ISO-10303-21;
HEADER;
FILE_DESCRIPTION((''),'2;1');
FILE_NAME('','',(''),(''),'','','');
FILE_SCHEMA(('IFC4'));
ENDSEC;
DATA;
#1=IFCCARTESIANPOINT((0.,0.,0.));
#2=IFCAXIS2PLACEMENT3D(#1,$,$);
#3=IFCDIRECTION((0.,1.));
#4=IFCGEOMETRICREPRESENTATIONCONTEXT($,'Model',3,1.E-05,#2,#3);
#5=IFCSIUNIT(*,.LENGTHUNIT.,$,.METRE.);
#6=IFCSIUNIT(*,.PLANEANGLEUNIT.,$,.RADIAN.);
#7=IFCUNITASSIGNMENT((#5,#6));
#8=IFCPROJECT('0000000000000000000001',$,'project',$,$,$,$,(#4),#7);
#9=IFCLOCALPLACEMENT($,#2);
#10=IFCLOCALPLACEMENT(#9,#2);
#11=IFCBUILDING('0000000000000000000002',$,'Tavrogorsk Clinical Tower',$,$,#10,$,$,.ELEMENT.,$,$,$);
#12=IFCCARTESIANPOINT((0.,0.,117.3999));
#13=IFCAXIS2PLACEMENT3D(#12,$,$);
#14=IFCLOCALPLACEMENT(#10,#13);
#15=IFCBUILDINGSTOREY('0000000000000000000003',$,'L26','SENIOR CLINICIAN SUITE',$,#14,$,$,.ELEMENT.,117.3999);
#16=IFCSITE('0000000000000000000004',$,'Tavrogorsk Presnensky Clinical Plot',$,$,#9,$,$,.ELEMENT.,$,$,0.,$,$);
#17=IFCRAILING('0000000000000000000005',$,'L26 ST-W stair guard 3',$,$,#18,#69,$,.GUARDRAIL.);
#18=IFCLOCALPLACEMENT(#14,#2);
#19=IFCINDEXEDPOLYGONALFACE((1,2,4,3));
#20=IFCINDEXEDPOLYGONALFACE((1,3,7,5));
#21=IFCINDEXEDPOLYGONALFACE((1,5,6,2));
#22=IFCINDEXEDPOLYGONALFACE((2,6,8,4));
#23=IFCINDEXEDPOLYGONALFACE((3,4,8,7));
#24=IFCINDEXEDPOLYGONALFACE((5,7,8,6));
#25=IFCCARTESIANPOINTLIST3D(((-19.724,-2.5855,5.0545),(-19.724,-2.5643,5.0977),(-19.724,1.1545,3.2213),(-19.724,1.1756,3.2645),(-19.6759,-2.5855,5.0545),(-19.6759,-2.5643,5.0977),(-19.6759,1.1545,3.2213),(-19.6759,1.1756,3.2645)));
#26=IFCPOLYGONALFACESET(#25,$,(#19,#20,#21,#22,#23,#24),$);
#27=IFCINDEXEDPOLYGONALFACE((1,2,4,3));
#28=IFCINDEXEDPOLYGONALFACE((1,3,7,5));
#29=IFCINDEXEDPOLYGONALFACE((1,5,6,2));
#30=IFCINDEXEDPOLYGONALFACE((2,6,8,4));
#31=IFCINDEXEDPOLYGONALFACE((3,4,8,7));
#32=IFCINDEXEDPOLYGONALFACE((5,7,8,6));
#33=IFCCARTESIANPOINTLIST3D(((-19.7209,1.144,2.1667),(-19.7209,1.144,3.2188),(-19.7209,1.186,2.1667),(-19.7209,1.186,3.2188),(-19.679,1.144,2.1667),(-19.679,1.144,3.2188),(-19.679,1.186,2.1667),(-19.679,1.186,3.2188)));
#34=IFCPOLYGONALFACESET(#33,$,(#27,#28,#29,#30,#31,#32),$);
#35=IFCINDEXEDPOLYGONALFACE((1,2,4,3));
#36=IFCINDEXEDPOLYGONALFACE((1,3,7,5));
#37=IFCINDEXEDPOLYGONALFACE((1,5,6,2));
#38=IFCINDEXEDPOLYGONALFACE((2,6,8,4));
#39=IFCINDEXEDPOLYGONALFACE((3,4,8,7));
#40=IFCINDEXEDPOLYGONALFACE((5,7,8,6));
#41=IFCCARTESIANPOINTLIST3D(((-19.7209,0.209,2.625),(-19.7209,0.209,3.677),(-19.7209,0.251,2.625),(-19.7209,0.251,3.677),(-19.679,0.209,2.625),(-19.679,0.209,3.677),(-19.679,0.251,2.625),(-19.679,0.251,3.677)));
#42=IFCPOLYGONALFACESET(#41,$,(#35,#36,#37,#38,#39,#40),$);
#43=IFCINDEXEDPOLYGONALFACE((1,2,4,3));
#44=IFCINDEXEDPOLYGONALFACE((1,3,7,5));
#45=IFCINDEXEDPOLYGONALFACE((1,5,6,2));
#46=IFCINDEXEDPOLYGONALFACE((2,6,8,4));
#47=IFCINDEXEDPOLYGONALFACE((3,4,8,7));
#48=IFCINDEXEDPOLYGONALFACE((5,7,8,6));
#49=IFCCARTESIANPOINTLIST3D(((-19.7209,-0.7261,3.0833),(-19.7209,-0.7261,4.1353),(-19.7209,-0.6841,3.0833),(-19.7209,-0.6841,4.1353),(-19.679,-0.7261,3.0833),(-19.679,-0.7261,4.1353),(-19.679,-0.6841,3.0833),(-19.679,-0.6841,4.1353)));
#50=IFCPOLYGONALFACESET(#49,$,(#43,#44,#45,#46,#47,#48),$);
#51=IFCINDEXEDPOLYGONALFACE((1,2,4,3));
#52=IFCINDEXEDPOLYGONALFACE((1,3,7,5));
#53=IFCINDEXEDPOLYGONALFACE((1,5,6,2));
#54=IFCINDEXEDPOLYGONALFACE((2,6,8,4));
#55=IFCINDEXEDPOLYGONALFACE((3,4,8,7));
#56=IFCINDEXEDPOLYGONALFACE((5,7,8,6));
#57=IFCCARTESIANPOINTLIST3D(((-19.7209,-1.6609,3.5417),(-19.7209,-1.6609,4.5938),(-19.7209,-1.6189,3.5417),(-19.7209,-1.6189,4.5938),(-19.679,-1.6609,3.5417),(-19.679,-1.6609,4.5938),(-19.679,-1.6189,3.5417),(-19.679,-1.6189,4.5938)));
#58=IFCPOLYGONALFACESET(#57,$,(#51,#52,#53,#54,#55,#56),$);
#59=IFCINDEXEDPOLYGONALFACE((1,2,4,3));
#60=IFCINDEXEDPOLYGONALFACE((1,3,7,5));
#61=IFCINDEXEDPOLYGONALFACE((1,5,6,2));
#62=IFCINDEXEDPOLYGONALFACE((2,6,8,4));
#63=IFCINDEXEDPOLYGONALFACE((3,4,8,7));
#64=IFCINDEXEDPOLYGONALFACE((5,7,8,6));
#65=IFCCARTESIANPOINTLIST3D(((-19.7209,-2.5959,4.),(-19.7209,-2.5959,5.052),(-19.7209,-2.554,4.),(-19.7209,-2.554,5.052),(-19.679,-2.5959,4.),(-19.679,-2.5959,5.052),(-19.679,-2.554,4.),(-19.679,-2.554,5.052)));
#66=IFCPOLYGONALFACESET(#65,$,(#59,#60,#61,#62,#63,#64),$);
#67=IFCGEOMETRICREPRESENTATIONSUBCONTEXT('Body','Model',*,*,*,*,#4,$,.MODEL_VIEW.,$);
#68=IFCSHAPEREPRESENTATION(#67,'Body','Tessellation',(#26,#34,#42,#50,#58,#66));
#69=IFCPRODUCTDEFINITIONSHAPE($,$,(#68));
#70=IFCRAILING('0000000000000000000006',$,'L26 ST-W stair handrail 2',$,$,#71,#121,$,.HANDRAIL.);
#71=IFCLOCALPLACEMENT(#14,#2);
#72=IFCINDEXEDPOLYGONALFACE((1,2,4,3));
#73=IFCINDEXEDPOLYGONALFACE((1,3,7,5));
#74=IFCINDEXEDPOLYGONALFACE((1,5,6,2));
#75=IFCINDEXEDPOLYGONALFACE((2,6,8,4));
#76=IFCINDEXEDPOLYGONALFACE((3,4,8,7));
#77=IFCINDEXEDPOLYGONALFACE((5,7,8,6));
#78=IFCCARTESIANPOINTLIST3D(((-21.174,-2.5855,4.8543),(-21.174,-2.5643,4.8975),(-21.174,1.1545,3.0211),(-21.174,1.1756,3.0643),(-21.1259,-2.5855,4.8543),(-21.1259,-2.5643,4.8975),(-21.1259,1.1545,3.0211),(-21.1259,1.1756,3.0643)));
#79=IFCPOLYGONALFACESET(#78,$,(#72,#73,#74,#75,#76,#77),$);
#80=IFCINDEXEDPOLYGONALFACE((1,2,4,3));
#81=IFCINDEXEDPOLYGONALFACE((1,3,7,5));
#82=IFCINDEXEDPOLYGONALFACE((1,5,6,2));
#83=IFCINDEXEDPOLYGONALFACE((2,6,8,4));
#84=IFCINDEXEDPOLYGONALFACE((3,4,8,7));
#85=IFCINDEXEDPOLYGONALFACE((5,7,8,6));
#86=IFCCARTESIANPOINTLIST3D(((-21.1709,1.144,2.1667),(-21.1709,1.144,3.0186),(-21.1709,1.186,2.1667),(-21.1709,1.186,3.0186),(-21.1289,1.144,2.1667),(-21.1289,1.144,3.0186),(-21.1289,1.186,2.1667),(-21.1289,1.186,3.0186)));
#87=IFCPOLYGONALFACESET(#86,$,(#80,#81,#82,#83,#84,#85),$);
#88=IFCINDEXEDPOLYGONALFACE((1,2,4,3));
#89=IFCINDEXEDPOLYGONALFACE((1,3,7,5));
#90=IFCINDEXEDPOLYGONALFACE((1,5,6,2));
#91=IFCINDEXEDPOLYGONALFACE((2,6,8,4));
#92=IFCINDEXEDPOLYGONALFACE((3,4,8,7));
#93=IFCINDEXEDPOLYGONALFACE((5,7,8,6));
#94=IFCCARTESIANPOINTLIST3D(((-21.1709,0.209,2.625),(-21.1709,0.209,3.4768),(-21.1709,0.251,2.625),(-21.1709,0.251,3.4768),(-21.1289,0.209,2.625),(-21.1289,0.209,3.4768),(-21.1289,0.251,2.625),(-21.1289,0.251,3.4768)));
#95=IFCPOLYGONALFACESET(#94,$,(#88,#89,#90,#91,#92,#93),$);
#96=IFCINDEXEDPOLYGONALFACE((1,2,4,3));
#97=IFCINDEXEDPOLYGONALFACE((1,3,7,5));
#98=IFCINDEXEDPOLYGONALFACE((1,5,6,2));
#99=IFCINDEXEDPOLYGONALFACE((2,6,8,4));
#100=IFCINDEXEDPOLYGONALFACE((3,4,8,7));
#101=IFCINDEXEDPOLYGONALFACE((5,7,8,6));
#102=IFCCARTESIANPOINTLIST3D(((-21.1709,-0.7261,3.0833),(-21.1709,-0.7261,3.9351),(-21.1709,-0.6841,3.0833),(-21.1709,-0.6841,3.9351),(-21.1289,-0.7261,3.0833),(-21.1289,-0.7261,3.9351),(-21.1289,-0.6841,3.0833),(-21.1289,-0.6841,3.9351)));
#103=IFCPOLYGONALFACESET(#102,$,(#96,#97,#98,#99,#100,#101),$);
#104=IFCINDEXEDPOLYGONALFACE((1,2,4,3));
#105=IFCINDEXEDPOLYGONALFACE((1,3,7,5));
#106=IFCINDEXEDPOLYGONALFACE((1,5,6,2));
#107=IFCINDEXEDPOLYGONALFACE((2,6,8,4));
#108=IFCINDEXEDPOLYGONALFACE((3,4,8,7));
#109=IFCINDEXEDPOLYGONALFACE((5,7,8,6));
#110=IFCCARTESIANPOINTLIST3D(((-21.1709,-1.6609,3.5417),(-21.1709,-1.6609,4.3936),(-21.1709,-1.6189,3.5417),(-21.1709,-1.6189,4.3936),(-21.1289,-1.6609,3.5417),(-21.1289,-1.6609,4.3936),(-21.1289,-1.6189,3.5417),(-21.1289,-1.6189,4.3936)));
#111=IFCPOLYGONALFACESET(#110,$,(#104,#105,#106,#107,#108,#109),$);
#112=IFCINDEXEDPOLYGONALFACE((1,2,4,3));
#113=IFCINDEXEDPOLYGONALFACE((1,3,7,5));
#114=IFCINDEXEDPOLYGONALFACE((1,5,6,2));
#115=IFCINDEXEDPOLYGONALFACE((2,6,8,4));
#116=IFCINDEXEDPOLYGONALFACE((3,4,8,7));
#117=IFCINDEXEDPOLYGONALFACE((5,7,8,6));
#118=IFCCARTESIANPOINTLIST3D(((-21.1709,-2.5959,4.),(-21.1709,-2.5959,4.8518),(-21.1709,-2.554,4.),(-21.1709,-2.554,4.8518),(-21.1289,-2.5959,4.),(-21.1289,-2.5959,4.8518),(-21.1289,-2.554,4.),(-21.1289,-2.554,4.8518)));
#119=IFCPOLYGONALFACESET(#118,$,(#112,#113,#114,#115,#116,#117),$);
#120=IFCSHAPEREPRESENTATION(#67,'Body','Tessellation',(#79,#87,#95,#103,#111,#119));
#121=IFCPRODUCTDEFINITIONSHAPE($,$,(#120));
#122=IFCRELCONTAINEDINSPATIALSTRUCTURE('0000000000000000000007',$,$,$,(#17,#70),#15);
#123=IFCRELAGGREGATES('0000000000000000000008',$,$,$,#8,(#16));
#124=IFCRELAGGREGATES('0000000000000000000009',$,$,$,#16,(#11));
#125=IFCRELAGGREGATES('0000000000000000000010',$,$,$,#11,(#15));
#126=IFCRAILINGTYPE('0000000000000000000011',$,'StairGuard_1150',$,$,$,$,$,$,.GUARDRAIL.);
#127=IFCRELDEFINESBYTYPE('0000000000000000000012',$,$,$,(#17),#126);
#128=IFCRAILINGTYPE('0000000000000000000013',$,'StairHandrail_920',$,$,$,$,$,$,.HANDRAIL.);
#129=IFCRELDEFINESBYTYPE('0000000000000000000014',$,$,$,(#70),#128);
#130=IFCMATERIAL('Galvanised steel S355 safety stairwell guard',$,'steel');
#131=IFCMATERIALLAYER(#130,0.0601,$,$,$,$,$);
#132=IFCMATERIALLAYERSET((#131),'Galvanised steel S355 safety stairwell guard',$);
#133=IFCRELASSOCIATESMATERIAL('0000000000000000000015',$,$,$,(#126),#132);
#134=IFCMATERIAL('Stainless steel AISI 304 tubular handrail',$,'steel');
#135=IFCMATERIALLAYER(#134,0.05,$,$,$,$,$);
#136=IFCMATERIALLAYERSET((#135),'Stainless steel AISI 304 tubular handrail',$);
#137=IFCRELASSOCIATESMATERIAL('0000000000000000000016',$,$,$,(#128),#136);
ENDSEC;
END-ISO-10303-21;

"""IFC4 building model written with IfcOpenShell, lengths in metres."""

from ifc_helpers import new_model, si_unit, direction, frame, origin, origin_2d, place, context, subcontext, project, spatial, rectangle, extrude, material, layer, layer_set, type_object, element, save


model = new_model("IFC4")

# Units and contexts
model_context = context("Model", 3, precision=1e-05, world=origin(), true_north=direction((0.0, 1.0)))
body_context = subcontext(model_context, "Body", "Model", "MODEL_VIEW")
ifc_project = project(units=[si_unit("LENGTHUNIT", "METRE"), si_unit("PLANEANGLEUNIT", "RADIAN")], contexts=[model_context])

# Site, building, storey
site_placement = place(None, origin())
site = spatial("IfcSite", under=ifc_project, at=site_placement, Name="Tavrogorsk Presnensky Clinical Plot", CompositionType="ELEMENT", RefElevation=0.0)
building_placement = place(site_placement, origin())
building = spatial("IfcBuilding", under=site, at=building_placement, Name="Tavrogorsk Clinical Tower", CompositionType="ELEMENT")
storey_placement = place(building_placement, frame((0.0, 0.0, 117.3999)))
storey = spatial("IfcBuildingStorey", under=building, at=storey_placement, Name="L26", Description="SENIOR CLINICIAN SUITE", CompositionType="ELEMENT", Elevation=117.3999)

# Railings
ifc_material_1 = material(Name="Galvanised steel S355 safety stairwell guard", Category="steel")
ifc_layer_1 = layer(ifc_material_1, 0.0601)
ifc_layer_set_1 = layer_set([ifc_layer_1], Name="Galvanised steel S355 safety stairwell guard")
railing_type_1 = type_object("IfcRailingType", Name="StairGuard_1150", PredefinedType="GUARDRAIL", material=ifc_layer_set_1)
railing_1_placement = place(storey_placement, frame((-19.7, 1.165, 2.1667)))
element("IfcRailing", 1, at=railing_1_placement, inside=storey, type_object=railing_type_1, Name="L26 ST-W stair guard 3", PredefinedType="GUARDRAIL", context=body_context, shape_type="SweptSolid", body=[
    extrude(rectangle(XDim=0.0481, YDim=0.0481, at=origin_2d()), frame((0.0, 0.0, 1.0762), z_axis=(0.0, -0.897928, 0.440142), x_axis=(1.0, 0.0, 0.0)), (0.0, 0.0, 1.0), 4.165),
    extrude(rectangle(XDim=0.042, YDim=0.042, at=origin_2d()), origin(), (0.0, 0.0, 1.0), 1.052),
    extrude(rectangle(XDim=0.042, YDim=0.042, at=origin_2d()), frame((0.0, -0.9351, 0.4583)), (0.0, 0.0, 1.0), 1.052),
    extrude(rectangle(XDim=0.042, YDim=0.042, at=origin_2d()), frame((0.0, -1.8701, 0.9165)), (0.0, 0.0, 1.0), 1.052),
    extrude(rectangle(XDim=0.042, YDim=0.042, at=origin_2d()), frame((0.0, -2.8049, 1.375)), (0.0, 0.0, 1.0), 1.052),
    extrude(rectangle(XDim=0.042, YDim=0.042, at=origin_2d()), frame((0.0, -3.74, 1.8333)), (0.0, 0.0, 1.0), 1.052),
])
ifc_material_2 = material(Name="Stainless steel AISI 304 tubular handrail", Category="steel")
ifc_layer_2 = layer(ifc_material_2, 0.05)
ifc_layer_set_2 = layer_set([ifc_layer_2], Name="Stainless steel AISI 304 tubular handrail")
railing_type_2 = type_object("IfcRailingType", Name="StairHandrail_920", PredefinedType="HANDRAIL", material=ifc_layer_set_2)
railing_2_placement = place(storey_placement, frame((-21.1499, 1.165, 2.1667)))
element("IfcRailing", 2, at=railing_2_placement, inside=storey, type_object=railing_type_2, Name="L26 ST-W stair handrail 2", PredefinedType="HANDRAIL", context=body_context, shape_type="SweptSolid", body=[
    extrude(rectangle(XDim=0.0481, YDim=0.0481, at=origin_2d()), frame((0.0, 0.0, 0.876), z_axis=(0.0, -0.897928, 0.440142), x_axis=(1.0, 0.0, 0.0)), (0.0, 0.0, 1.0), 4.165),
    extrude(rectangle(XDim=0.042, YDim=0.042, at=origin_2d()), origin(), (0.0, 0.0, 1.0), 0.8518),
    extrude(rectangle(XDim=0.042, YDim=0.042, at=origin_2d()), frame((0.0, -0.9351, 0.4583)), (0.0, 0.0, 1.0), 0.8518),
    extrude(rectangle(XDim=0.042, YDim=0.042, at=origin_2d()), frame((0.0, -1.8701, 0.9165)), (0.0, 0.0, 1.0), 0.8518),
    extrude(rectangle(XDim=0.042, YDim=0.042, at=origin_2d()), frame((0.0, -2.8049, 1.375)), (0.0, 0.0, 1.0), 0.8518),
    extrude(rectangle(XDim=0.042, YDim=0.042, at=origin_2d()), frame((0.0, -3.74, 1.8333)), (0.0, 0.0, 1.0), 0.8518),
])

save(model, "model.ifc")
